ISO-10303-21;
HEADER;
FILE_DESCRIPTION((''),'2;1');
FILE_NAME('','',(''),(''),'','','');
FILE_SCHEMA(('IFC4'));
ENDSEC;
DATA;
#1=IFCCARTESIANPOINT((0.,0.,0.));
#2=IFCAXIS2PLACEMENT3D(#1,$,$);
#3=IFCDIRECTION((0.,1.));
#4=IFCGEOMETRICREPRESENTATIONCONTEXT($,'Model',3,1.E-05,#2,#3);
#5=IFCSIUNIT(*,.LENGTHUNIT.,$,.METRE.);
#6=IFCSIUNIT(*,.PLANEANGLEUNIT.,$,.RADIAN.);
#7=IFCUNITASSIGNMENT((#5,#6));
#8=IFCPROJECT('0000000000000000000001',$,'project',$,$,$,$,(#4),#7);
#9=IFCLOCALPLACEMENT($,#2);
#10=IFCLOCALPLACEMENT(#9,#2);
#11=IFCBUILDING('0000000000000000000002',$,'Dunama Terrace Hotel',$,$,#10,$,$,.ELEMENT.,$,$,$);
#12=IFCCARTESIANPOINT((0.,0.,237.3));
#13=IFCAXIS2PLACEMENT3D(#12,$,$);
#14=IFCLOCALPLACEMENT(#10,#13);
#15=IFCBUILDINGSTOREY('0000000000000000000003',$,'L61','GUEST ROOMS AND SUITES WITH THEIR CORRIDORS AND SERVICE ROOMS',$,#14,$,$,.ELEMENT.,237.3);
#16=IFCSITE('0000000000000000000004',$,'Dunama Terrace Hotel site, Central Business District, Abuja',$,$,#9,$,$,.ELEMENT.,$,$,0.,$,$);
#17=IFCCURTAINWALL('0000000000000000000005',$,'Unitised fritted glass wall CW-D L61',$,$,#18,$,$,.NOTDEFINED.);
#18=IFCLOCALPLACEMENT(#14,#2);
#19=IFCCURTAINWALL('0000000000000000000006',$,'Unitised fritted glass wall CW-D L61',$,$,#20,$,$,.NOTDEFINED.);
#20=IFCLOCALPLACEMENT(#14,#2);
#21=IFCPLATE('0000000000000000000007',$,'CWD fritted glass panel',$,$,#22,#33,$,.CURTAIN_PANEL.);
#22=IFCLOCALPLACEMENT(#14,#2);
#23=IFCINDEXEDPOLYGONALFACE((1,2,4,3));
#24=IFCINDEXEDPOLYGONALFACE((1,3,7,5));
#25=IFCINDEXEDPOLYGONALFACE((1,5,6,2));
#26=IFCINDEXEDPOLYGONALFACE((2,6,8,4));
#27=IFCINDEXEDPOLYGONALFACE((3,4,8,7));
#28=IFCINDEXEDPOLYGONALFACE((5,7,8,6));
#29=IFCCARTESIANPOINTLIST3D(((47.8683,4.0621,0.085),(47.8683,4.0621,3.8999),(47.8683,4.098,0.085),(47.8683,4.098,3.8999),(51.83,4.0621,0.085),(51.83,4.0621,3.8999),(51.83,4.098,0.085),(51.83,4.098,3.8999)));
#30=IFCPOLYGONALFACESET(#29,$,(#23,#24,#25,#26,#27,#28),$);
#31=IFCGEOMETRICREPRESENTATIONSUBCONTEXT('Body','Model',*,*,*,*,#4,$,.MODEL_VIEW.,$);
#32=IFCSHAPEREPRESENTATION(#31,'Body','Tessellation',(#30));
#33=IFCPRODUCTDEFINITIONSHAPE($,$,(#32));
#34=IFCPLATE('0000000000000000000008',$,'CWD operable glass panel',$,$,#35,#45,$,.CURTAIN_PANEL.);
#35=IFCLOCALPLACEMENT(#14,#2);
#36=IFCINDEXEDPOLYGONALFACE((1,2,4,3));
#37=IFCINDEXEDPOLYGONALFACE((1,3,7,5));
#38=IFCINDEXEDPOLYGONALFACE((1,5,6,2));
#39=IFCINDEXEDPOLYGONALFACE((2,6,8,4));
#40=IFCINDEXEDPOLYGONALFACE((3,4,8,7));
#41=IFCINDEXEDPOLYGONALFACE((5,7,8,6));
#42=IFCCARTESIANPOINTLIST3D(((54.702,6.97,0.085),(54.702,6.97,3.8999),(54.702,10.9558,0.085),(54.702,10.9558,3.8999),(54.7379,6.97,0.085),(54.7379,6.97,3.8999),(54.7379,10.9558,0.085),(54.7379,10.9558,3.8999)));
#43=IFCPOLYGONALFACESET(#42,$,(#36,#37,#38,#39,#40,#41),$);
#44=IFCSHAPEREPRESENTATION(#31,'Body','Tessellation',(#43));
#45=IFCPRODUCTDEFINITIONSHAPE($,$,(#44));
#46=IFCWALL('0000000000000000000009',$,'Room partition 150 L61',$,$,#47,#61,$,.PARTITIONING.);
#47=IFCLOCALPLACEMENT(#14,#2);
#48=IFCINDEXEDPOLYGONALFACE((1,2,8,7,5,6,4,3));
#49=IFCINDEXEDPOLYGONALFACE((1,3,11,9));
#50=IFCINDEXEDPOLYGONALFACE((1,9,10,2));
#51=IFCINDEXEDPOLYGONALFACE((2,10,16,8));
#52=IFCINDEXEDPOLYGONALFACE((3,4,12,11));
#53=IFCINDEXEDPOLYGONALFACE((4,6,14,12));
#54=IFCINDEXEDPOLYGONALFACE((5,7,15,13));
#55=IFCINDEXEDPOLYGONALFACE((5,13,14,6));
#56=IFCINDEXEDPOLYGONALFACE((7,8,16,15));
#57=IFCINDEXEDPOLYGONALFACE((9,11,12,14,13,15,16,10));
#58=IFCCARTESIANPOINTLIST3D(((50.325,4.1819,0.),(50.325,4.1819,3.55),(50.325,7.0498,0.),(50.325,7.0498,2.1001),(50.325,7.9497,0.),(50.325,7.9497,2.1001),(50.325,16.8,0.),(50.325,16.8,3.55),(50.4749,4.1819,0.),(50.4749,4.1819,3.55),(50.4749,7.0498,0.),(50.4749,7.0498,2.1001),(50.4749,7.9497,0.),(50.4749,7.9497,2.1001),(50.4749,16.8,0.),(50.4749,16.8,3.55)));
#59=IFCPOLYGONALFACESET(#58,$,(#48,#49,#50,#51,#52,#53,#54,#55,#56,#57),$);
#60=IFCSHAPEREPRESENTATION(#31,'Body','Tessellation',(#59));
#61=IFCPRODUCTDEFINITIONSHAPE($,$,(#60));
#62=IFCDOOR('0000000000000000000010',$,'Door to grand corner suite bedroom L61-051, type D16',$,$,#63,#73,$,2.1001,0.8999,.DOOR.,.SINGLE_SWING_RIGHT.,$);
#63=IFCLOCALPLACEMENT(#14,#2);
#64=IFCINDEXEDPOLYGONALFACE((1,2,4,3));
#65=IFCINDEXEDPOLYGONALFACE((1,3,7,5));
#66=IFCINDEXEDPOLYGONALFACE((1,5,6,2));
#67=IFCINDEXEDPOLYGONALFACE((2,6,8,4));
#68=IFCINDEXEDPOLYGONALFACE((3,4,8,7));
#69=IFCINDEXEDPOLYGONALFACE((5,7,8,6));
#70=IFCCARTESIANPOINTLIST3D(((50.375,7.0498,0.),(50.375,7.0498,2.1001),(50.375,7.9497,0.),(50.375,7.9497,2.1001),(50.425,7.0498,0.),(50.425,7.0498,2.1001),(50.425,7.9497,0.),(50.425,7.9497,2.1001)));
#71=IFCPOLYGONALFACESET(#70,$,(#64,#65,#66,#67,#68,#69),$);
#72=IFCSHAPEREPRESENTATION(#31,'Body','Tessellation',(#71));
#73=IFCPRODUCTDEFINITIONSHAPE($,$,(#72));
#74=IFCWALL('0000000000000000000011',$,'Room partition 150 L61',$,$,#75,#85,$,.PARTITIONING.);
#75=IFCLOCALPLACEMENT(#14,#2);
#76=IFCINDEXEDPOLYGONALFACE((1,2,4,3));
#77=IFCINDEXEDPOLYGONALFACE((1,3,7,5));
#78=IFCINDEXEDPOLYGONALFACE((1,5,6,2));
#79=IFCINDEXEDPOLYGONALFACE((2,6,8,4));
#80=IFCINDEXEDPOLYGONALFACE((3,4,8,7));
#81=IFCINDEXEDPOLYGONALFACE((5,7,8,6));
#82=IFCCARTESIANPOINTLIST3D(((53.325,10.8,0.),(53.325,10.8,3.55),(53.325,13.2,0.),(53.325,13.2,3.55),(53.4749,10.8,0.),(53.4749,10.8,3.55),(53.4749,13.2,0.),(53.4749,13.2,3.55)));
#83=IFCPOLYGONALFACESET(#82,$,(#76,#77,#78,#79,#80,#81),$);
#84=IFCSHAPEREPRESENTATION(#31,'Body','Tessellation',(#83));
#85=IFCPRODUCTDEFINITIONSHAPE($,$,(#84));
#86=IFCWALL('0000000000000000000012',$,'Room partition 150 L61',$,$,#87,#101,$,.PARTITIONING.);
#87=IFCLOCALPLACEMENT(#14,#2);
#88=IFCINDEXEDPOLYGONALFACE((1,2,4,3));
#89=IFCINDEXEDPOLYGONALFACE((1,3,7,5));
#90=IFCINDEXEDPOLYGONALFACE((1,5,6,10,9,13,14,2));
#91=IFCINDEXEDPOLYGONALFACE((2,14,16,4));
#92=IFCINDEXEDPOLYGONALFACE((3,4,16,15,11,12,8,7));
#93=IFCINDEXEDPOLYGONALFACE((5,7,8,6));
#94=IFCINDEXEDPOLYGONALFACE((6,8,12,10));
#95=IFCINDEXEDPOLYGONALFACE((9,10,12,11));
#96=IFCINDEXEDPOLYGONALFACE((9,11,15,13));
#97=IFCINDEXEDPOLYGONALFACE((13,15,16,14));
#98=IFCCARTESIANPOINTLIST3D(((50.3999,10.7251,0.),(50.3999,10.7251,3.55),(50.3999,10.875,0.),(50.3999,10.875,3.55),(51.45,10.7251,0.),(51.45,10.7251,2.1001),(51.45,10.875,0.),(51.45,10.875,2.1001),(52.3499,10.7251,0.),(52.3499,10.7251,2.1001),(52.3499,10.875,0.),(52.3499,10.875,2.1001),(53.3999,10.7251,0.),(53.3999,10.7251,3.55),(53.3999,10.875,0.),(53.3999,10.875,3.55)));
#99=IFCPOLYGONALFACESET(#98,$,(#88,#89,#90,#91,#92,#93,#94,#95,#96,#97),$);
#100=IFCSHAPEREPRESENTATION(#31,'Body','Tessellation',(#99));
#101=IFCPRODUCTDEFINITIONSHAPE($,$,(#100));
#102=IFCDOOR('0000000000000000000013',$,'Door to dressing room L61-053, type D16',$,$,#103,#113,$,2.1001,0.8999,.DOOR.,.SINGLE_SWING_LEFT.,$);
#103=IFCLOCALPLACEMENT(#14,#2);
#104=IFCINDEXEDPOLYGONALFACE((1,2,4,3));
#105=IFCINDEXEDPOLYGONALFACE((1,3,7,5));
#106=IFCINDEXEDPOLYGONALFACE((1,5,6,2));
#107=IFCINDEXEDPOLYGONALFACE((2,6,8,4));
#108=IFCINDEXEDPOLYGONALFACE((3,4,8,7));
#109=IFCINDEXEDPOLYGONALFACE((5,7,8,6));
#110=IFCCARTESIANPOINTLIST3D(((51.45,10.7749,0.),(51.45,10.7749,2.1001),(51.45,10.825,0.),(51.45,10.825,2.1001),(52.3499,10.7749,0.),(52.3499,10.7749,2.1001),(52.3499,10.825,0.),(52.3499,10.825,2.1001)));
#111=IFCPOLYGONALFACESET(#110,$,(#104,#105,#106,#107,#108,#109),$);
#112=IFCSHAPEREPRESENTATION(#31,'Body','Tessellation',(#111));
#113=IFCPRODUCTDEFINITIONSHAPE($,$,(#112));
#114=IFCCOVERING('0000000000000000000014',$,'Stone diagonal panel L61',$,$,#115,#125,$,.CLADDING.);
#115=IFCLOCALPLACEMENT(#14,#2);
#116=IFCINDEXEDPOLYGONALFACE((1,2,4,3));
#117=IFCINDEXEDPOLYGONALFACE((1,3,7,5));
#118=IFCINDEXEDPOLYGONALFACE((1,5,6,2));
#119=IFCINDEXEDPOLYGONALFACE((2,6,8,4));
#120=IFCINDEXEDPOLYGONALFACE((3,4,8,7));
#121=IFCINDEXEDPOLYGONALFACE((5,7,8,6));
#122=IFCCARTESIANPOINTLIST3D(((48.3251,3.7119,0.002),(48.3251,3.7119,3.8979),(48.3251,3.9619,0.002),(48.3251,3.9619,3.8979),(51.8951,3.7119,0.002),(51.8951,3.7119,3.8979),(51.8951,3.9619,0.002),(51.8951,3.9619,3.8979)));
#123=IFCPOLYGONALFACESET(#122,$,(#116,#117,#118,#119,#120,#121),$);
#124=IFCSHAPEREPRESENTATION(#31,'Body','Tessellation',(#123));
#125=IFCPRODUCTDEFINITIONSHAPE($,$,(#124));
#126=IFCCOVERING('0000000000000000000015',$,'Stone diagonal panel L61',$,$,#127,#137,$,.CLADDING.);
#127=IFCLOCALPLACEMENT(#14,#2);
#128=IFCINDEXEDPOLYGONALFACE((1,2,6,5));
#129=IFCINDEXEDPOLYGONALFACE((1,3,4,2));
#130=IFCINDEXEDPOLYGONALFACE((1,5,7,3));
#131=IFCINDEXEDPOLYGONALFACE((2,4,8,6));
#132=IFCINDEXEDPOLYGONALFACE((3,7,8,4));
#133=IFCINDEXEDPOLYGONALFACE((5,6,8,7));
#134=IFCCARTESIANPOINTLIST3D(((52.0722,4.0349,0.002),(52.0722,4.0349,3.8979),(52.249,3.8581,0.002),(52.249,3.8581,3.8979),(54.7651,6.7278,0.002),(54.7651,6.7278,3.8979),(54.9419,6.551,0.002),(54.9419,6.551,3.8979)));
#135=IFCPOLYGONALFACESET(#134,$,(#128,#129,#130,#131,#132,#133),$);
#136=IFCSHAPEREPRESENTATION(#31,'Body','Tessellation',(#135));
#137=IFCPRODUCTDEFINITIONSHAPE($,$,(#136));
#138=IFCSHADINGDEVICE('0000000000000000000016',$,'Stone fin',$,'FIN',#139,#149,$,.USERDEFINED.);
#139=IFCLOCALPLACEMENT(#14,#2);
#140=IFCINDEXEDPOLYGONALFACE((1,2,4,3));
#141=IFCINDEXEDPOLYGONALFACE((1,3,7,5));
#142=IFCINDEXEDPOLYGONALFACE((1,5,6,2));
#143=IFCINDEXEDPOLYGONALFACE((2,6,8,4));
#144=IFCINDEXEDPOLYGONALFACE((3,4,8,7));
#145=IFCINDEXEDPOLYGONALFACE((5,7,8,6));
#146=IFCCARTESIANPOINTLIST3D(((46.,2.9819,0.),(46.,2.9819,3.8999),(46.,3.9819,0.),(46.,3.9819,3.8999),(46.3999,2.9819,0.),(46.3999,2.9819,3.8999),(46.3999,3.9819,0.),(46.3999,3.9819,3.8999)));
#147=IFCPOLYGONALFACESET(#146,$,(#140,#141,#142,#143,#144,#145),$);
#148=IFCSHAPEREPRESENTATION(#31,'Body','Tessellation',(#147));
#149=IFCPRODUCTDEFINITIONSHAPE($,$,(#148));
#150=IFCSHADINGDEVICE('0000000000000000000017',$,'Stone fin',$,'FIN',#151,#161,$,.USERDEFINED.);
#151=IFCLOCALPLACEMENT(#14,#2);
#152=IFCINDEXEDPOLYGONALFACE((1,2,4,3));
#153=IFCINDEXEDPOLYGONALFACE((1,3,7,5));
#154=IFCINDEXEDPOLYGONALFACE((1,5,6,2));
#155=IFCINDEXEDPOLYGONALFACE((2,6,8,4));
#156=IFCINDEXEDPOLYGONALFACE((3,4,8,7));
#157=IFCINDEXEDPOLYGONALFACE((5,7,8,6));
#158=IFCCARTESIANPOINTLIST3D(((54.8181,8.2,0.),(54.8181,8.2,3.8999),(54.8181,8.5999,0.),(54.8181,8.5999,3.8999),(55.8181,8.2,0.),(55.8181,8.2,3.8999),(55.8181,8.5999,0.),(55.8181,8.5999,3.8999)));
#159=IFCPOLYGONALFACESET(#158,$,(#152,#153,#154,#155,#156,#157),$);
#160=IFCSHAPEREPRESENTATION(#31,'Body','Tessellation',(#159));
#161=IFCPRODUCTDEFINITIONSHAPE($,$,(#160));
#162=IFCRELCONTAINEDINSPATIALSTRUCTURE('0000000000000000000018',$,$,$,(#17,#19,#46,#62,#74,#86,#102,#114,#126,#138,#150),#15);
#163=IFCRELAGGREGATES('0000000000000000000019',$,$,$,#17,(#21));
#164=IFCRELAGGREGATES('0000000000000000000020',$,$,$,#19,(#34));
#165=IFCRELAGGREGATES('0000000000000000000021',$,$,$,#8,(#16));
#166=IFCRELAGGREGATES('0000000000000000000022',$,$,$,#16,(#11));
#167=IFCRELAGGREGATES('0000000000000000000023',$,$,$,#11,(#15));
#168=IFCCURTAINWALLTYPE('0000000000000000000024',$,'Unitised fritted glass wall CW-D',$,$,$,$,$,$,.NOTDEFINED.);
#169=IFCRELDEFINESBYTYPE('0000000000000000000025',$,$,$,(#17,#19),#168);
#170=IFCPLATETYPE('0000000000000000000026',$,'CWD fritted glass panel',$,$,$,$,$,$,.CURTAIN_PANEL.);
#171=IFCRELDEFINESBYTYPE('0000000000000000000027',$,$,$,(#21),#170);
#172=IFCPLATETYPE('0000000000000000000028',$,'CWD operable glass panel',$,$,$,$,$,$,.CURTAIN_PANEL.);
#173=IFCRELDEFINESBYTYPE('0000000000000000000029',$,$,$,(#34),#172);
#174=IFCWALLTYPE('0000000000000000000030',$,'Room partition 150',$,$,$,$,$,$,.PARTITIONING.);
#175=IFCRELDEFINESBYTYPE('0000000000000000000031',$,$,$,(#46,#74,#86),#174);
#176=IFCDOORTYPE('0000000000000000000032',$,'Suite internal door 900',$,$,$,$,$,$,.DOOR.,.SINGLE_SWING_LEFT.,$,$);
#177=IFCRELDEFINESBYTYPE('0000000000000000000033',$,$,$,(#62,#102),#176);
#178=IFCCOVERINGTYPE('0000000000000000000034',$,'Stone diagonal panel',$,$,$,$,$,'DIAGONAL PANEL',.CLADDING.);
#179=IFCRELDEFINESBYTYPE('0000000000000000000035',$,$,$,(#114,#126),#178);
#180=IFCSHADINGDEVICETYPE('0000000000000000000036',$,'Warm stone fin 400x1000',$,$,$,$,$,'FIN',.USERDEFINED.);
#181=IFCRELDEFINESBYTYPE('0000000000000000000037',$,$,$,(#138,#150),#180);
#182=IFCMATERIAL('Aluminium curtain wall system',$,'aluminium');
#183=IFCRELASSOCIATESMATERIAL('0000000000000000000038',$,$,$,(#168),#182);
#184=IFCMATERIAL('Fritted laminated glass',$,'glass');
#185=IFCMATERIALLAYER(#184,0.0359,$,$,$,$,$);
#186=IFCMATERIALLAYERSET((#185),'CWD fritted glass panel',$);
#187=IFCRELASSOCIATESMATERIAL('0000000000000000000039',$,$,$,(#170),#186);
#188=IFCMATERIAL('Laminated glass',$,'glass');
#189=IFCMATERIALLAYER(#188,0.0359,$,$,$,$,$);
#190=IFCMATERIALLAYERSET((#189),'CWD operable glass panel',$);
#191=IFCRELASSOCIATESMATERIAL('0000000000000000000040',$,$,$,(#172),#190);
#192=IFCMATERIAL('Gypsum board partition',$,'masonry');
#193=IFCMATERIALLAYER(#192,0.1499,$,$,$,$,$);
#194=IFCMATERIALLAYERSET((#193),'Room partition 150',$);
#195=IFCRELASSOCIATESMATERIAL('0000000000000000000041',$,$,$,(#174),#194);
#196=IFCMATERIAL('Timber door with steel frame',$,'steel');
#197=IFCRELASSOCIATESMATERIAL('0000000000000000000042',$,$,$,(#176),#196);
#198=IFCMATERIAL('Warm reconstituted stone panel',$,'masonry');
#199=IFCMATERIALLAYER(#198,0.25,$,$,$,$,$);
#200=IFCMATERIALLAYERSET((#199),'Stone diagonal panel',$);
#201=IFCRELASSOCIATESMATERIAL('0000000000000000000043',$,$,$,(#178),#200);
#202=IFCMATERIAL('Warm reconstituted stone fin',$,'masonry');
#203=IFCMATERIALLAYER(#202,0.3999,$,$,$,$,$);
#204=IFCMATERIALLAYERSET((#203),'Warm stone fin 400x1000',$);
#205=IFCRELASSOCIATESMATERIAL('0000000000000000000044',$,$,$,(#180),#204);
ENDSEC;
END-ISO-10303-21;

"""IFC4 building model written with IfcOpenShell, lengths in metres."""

from ifc_helpers import new_model, si_unit, direction, frame, frame_2d, origin, origin_2d, place, context, subcontext, project, spatial, rectangle, extrude, material, layer, layer_set, type_object, element, fill, aggregate, save


model = new_model("IFC4")

# Units and contexts
model_context = context("Model", 3, precision=1e-05, world=origin(), true_north=direction((0.0, 1.0)))
body_context = subcontext(model_context, "Body", "Model", "MODEL_VIEW")
ifc_project = project(units=[si_unit("LENGTHUNIT", "METRE"), si_unit("PLANEANGLEUNIT", "RADIAN")], contexts=[model_context])

# Site, building, storey
site_placement = place(None, origin())
site = spatial("IfcSite", under=ifc_project, at=site_placement, Name="Dunama Terrace Hotel site, Central Business District, Abuja", CompositionType="ELEMENT", RefElevation=0.0)
building_placement = place(site_placement, origin())
building = spatial("IfcBuilding", under=site, at=building_placement, Name="Dunama Terrace Hotel", CompositionType="ELEMENT")
storey_placement = place(building_placement, frame((0.0, 0.0, 237.3)))
storey = spatial("IfcBuildingStorey", under=building, at=storey_placement, Name="L61", Description="GUEST ROOMS AND SUITES WITH THEIR CORRIDORS AND SERVICE ROOMS", CompositionType="ELEMENT", Elevation=237.3)

# Curtain wall
ifc_material_1 = material(Name="Aluminium curtain wall system", Category="aluminium")
curtain_wall_type = type_object("IfcCurtainWallType", Name="Unitised fritted glass wall CW-D", PredefinedType="NOTDEFINED", material=ifc_material_1)
curtain_wall_1_placement = place(storey_placement, origin())
curtain_wall_1 = element("IfcCurtainWall", 1, at=curtain_wall_1_placement, inside=storey, type_object=curtain_wall_type, Name="Unitised fritted glass wall CW-D L61", PredefinedType="NOTDEFINED")

# Curtain wall
curtain_wall_2_placement = place(storey_placement, origin())
curtain_wall_2 = element("IfcCurtainWall", 2, at=curtain_wall_2_placement, inside=storey, type_object=curtain_wall_type, Name="Unitised fritted glass wall CW-D L61", PredefinedType="NOTDEFINED")

# Plates
ifc_material_2 = material(Name="Fritted laminated glass", Category="glass")
ifc_layer_1 = layer(ifc_material_2, 0.0359)
ifc_layer_set_1 = layer_set([ifc_layer_1], Name="CWD fritted glass panel")
plate_type_1 = type_object("IfcPlateType", Name="CWD fritted glass panel", PredefinedType="CURTAIN_PANEL", material=ifc_layer_set_1)
plate_1_placement = place(storey_placement, frame((49.8491, 4.0801, 0.085), z_axis=(0.0, 0.0, 1.0), x_axis=(1.0, 0.0, 0.0)))
plate_1 = element("IfcPlate", 3, at=plate_1_placement, type_object=plate_type_1, Name="CWD fritted glass panel", PredefinedType="CURTAIN_PANEL", context=body_context, shape_type="SweptSolid", body=[
    extrude(rectangle(XDim=3.9617, YDim=0.0359, at=origin_2d()), origin(), (0.0, 0.0, 1.0), 3.8149),
])
aggregate(curtain_wall_1, [plate_1])
ifc_material_3 = material(Name="Laminated glass", Category="glass")
ifc_layer_2 = layer(ifc_material_3, 0.0359)
ifc_layer_set_2 = layer_set([ifc_layer_2], Name="CWD operable glass panel")
plate_type_2 = type_object("IfcPlateType", Name="CWD operable glass panel", PredefinedType="CURTAIN_PANEL", material=ifc_layer_set_2)
plate_2_placement = place(storey_placement, frame((54.72, 8.9629, 0.085), z_axis=(0.0, 0.0, 1.0), x_axis=(0.0, 1.0, 0.0)))
plate_2 = element("IfcPlate", 4, at=plate_2_placement, type_object=plate_type_2, Name="CWD operable glass panel", PredefinedType="CURTAIN_PANEL", context=body_context, shape_type="SweptSolid", body=[
    extrude(rectangle(XDim=3.9858, YDim=0.0359, at=origin_2d()), origin(), (0.0, 0.0, 1.0), 3.8149),
])
aggregate(curtain_wall_2, [plate_2])

# Wall, opening, door
ifc_material_4 = material(Name="Gypsum board partition", Category="masonry")
ifc_layer_3 = layer(ifc_material_4, 0.1499)
ifc_layer_set_3 = layer_set([ifc_layer_3], Name="Room partition 150")
wall_type = type_object("IfcWallType", Name="Room partition 150", PredefinedType="PARTITIONING", material=ifc_layer_set_3)
wall_1_placement = place(storey_placement, frame((50.3999, 4.1819, 0.0), z_axis=(0.0, 0.0, 1.0), x_axis=(0.0, 1.0, 0.0)))
wall_1 = element("IfcWall", 5, at=wall_1_placement, inside=storey, type_object=wall_type, Name="Room partition 150 L61", PredefinedType="PARTITIONING", context=body_context, shape_type="SweptSolid", body=[
    extrude(rectangle(XDim=12.6182, YDim=0.1499, at=frame_2d((6.3091, 0.0))), origin(), (0.0, 0.0, 1.0), 3.55),
])
opening_1_placement = place(wall_1_placement, frame((2.8679, 0.0, 0.0)))
opening_1 = element("IfcOpeningElement", 6, at=opening_1_placement, cuts=wall_1, PredefinedType="OPENING", context=body_context, shape_type="SweptSolid", body=[
    extrude(rectangle(XDim=0.8999, YDim=2.1001, at=frame_2d((0.45, 1.05))), frame((0.0, 0.085, 0.0), z_axis=(0.0, -1.0, 0.0), x_axis=(1.0, 0.0, 0.0)), (0.0, 0.0, 1.0), 0.1699),
])
ifc_material_5 = material(Name="Timber door with steel frame", Category="steel")
door_type = type_object("IfcDoorType", Name="Suite internal door 900", OperationType="SINGLE_SWING_LEFT", PredefinedType="DOOR", material=ifc_material_5)
door_1_placement = place(opening_1_placement, frame((0.8999, 0.0, 0.0), z_axis=(0.0, 0.0, 1.0), x_axis=(-1.0, 0.0, 0.0)))
door_1 = element("IfcDoor", 7, at=door_1_placement, inside=storey, type_object=door_type, Name="Door to grand corner suite bedroom L61-051, type D16", OperationType="SINGLE_SWING_RIGHT", OverallHeight=2.1001, OverallWidth=0.8999, PredefinedType="DOOR", context=body_context, shape_type="SweptSolid", body=[
    extrude(rectangle(XDim=0.8999, YDim=2.1001, at=frame_2d((0.45, 1.05))), frame((0.0, 0.0251, 0.0), z_axis=(0.0, -1.0, 0.0), x_axis=(1.0, 0.0, 0.0)), (0.0, 0.0, 1.0), 0.05),
])
fill(opening_1, door_1)

# Wall
wall_2_placement = place(storey_placement, frame((53.3999, 10.8, 0.0), z_axis=(0.0, 0.0, 1.0), x_axis=(0.0, 1.0, 0.0)))
element("IfcWall", 8, at=wall_2_placement, inside=storey, type_object=wall_type, Name="Room partition 150 L61", PredefinedType="PARTITIONING", context=body_context, shape_type="SweptSolid", body=[
    extrude(rectangle(XDim=2.3999, YDim=0.1499, at=frame_2d((1.2, 0.0))), origin(), (0.0, 0.0, 1.0), 3.55),
])

# Wall, opening, door
wall_3_placement = place(storey_placement, frame((50.3999, 10.8, 0.0), z_axis=(0.0, 0.0, 1.0), x_axis=(1.0, 0.0, 0.0)))
wall_3 = element("IfcWall", 9, at=wall_3_placement, inside=storey, type_object=wall_type, Name="Room partition 150 L61", PredefinedType="PARTITIONING", context=body_context, shape_type="SweptSolid", body=[
    extrude(rectangle(XDim=3.0, YDim=0.1499, at=frame_2d((1.5, 0.0))), origin(), (0.0, 0.0, 1.0), 3.55),
])
opening_2_placement = place(wall_3_placement, frame((1.05, 0.0, 0.0)))
opening_2 = element("IfcOpeningElement", 10, at=opening_2_placement, cuts=wall_3, PredefinedType="OPENING", context=body_context, shape_type="SweptSolid", body=[
    extrude(rectangle(XDim=0.8999, YDim=2.1001, at=frame_2d((0.45, 1.05))), frame((0.0, 0.085, 0.0), z_axis=(0.0, -1.0, 0.0), x_axis=(1.0, 0.0, 0.0)), (0.0, 0.0, 1.0), 0.1699),
])
door_2_placement = place(opening_2_placement, origin())
door_2 = element("IfcDoor", 11, at=door_2_placement, inside=storey, type_object=door_type, Name="Door to dressing room L61-053, type D16", OperationType="SINGLE_SWING_LEFT", OverallHeight=2.1001, OverallWidth=0.8999, PredefinedType="DOOR", context=body_context, shape_type="SweptSolid", body=[
    extrude(rectangle(XDim=0.8999, YDim=2.1001, at=frame_2d((0.45, 1.05))), frame((0.0, 0.0249, 0.0), z_axis=(0.0, -1.0, 0.0), x_axis=(1.0, 0.0, 0.0)), (0.0, 0.0, 1.0), 0.05),
])
fill(opening_2, door_2)

# Coverings
ifc_material_6 = material(Name="Warm reconstituted stone panel", Category="masonry")
ifc_layer_4 = layer(ifc_material_6, 0.25)
ifc_layer_set_4 = layer_set([ifc_layer_4], Name="Stone diagonal panel")
covering_type = type_object("IfcCoveringType", Name="Stone diagonal panel", ElementType="DIAGONAL PANEL", PredefinedType="CLADDING", material=ifc_layer_set_4)
covering_1_placement = place(storey_placement, frame((50.1101, 3.8369, 0.002), z_axis=(0.0, 0.0, 1.0), x_axis=(1.0, 0.0, 0.0)))
element("IfcCovering", 12, at=covering_1_placement, inside=storey, type_object=covering_type, Name="Stone diagonal panel L61", PredefinedType="CLADDING", context=body_context, shape_type="SweptSolid", body=[
    extrude(rectangle(XDim=3.5701, YDim=0.25, at=origin_2d()), origin(), (0.0, 0.0, 1.0), 3.896),
])
covering_2_placement = place(storey_placement, frame((53.5071, 5.293, 0.002), z_axis=(0.0, 0.0, 1.0), x_axis=(0.707107, 0.707107, 0.0)))
element("IfcCovering", 13, at=covering_2_placement, inside=storey, type_object=covering_type, Name="Stone diagonal panel L61", PredefinedType="CLADDING", context=body_context, shape_type="SweptSolid", body=[
    extrude(rectangle(XDim=3.8083, YDim=0.25, at=origin_2d()), origin(), (0.0, 0.0, 1.0), 3.896),
])

# Shading devices
ifc_material_7 = material(Name="Warm reconstituted stone fin", Category="masonry")
ifc_layer_5 = layer(ifc_material_7, 0.3999)
ifc_layer_set_5 = layer_set([ifc_layer_5], Name="Warm stone fin 400x1000")
shading_device_type = type_object("IfcShadingDeviceType", Name="Warm stone fin 400x1000", ElementType="FIN", PredefinedType="USERDEFINED", material=ifc_layer_set_5)
for number, where, z_axis, x_axis, name in (
    (14, (46.2, 3.4819, 0.0), (0.0, 0.0, 1.0), (1.0, 0.0, 0.0), "Stone fin"),
    (15, (55.3181, 8.3999, 0.0), (0.0, 0.0, 1.0), (0.0, 1.0, 0.0), "Stone fin"),
):
    element("IfcShadingDevice", number, at=place(storey_placement, frame(where, z_axis=z_axis, x_axis=x_axis)), inside=storey, type_object=shading_device_type, Name=name, ObjectType="FIN", PredefinedType="USERDEFINED", context=body_context, shape_type="SweptSolid", body=[
        extrude(rectangle(XDim=0.3999, YDim=1.0, at=origin_2d()), origin(), (0.0, 0.0, 1.0), 3.8999),
    ])

save(model, "model.ifc")
